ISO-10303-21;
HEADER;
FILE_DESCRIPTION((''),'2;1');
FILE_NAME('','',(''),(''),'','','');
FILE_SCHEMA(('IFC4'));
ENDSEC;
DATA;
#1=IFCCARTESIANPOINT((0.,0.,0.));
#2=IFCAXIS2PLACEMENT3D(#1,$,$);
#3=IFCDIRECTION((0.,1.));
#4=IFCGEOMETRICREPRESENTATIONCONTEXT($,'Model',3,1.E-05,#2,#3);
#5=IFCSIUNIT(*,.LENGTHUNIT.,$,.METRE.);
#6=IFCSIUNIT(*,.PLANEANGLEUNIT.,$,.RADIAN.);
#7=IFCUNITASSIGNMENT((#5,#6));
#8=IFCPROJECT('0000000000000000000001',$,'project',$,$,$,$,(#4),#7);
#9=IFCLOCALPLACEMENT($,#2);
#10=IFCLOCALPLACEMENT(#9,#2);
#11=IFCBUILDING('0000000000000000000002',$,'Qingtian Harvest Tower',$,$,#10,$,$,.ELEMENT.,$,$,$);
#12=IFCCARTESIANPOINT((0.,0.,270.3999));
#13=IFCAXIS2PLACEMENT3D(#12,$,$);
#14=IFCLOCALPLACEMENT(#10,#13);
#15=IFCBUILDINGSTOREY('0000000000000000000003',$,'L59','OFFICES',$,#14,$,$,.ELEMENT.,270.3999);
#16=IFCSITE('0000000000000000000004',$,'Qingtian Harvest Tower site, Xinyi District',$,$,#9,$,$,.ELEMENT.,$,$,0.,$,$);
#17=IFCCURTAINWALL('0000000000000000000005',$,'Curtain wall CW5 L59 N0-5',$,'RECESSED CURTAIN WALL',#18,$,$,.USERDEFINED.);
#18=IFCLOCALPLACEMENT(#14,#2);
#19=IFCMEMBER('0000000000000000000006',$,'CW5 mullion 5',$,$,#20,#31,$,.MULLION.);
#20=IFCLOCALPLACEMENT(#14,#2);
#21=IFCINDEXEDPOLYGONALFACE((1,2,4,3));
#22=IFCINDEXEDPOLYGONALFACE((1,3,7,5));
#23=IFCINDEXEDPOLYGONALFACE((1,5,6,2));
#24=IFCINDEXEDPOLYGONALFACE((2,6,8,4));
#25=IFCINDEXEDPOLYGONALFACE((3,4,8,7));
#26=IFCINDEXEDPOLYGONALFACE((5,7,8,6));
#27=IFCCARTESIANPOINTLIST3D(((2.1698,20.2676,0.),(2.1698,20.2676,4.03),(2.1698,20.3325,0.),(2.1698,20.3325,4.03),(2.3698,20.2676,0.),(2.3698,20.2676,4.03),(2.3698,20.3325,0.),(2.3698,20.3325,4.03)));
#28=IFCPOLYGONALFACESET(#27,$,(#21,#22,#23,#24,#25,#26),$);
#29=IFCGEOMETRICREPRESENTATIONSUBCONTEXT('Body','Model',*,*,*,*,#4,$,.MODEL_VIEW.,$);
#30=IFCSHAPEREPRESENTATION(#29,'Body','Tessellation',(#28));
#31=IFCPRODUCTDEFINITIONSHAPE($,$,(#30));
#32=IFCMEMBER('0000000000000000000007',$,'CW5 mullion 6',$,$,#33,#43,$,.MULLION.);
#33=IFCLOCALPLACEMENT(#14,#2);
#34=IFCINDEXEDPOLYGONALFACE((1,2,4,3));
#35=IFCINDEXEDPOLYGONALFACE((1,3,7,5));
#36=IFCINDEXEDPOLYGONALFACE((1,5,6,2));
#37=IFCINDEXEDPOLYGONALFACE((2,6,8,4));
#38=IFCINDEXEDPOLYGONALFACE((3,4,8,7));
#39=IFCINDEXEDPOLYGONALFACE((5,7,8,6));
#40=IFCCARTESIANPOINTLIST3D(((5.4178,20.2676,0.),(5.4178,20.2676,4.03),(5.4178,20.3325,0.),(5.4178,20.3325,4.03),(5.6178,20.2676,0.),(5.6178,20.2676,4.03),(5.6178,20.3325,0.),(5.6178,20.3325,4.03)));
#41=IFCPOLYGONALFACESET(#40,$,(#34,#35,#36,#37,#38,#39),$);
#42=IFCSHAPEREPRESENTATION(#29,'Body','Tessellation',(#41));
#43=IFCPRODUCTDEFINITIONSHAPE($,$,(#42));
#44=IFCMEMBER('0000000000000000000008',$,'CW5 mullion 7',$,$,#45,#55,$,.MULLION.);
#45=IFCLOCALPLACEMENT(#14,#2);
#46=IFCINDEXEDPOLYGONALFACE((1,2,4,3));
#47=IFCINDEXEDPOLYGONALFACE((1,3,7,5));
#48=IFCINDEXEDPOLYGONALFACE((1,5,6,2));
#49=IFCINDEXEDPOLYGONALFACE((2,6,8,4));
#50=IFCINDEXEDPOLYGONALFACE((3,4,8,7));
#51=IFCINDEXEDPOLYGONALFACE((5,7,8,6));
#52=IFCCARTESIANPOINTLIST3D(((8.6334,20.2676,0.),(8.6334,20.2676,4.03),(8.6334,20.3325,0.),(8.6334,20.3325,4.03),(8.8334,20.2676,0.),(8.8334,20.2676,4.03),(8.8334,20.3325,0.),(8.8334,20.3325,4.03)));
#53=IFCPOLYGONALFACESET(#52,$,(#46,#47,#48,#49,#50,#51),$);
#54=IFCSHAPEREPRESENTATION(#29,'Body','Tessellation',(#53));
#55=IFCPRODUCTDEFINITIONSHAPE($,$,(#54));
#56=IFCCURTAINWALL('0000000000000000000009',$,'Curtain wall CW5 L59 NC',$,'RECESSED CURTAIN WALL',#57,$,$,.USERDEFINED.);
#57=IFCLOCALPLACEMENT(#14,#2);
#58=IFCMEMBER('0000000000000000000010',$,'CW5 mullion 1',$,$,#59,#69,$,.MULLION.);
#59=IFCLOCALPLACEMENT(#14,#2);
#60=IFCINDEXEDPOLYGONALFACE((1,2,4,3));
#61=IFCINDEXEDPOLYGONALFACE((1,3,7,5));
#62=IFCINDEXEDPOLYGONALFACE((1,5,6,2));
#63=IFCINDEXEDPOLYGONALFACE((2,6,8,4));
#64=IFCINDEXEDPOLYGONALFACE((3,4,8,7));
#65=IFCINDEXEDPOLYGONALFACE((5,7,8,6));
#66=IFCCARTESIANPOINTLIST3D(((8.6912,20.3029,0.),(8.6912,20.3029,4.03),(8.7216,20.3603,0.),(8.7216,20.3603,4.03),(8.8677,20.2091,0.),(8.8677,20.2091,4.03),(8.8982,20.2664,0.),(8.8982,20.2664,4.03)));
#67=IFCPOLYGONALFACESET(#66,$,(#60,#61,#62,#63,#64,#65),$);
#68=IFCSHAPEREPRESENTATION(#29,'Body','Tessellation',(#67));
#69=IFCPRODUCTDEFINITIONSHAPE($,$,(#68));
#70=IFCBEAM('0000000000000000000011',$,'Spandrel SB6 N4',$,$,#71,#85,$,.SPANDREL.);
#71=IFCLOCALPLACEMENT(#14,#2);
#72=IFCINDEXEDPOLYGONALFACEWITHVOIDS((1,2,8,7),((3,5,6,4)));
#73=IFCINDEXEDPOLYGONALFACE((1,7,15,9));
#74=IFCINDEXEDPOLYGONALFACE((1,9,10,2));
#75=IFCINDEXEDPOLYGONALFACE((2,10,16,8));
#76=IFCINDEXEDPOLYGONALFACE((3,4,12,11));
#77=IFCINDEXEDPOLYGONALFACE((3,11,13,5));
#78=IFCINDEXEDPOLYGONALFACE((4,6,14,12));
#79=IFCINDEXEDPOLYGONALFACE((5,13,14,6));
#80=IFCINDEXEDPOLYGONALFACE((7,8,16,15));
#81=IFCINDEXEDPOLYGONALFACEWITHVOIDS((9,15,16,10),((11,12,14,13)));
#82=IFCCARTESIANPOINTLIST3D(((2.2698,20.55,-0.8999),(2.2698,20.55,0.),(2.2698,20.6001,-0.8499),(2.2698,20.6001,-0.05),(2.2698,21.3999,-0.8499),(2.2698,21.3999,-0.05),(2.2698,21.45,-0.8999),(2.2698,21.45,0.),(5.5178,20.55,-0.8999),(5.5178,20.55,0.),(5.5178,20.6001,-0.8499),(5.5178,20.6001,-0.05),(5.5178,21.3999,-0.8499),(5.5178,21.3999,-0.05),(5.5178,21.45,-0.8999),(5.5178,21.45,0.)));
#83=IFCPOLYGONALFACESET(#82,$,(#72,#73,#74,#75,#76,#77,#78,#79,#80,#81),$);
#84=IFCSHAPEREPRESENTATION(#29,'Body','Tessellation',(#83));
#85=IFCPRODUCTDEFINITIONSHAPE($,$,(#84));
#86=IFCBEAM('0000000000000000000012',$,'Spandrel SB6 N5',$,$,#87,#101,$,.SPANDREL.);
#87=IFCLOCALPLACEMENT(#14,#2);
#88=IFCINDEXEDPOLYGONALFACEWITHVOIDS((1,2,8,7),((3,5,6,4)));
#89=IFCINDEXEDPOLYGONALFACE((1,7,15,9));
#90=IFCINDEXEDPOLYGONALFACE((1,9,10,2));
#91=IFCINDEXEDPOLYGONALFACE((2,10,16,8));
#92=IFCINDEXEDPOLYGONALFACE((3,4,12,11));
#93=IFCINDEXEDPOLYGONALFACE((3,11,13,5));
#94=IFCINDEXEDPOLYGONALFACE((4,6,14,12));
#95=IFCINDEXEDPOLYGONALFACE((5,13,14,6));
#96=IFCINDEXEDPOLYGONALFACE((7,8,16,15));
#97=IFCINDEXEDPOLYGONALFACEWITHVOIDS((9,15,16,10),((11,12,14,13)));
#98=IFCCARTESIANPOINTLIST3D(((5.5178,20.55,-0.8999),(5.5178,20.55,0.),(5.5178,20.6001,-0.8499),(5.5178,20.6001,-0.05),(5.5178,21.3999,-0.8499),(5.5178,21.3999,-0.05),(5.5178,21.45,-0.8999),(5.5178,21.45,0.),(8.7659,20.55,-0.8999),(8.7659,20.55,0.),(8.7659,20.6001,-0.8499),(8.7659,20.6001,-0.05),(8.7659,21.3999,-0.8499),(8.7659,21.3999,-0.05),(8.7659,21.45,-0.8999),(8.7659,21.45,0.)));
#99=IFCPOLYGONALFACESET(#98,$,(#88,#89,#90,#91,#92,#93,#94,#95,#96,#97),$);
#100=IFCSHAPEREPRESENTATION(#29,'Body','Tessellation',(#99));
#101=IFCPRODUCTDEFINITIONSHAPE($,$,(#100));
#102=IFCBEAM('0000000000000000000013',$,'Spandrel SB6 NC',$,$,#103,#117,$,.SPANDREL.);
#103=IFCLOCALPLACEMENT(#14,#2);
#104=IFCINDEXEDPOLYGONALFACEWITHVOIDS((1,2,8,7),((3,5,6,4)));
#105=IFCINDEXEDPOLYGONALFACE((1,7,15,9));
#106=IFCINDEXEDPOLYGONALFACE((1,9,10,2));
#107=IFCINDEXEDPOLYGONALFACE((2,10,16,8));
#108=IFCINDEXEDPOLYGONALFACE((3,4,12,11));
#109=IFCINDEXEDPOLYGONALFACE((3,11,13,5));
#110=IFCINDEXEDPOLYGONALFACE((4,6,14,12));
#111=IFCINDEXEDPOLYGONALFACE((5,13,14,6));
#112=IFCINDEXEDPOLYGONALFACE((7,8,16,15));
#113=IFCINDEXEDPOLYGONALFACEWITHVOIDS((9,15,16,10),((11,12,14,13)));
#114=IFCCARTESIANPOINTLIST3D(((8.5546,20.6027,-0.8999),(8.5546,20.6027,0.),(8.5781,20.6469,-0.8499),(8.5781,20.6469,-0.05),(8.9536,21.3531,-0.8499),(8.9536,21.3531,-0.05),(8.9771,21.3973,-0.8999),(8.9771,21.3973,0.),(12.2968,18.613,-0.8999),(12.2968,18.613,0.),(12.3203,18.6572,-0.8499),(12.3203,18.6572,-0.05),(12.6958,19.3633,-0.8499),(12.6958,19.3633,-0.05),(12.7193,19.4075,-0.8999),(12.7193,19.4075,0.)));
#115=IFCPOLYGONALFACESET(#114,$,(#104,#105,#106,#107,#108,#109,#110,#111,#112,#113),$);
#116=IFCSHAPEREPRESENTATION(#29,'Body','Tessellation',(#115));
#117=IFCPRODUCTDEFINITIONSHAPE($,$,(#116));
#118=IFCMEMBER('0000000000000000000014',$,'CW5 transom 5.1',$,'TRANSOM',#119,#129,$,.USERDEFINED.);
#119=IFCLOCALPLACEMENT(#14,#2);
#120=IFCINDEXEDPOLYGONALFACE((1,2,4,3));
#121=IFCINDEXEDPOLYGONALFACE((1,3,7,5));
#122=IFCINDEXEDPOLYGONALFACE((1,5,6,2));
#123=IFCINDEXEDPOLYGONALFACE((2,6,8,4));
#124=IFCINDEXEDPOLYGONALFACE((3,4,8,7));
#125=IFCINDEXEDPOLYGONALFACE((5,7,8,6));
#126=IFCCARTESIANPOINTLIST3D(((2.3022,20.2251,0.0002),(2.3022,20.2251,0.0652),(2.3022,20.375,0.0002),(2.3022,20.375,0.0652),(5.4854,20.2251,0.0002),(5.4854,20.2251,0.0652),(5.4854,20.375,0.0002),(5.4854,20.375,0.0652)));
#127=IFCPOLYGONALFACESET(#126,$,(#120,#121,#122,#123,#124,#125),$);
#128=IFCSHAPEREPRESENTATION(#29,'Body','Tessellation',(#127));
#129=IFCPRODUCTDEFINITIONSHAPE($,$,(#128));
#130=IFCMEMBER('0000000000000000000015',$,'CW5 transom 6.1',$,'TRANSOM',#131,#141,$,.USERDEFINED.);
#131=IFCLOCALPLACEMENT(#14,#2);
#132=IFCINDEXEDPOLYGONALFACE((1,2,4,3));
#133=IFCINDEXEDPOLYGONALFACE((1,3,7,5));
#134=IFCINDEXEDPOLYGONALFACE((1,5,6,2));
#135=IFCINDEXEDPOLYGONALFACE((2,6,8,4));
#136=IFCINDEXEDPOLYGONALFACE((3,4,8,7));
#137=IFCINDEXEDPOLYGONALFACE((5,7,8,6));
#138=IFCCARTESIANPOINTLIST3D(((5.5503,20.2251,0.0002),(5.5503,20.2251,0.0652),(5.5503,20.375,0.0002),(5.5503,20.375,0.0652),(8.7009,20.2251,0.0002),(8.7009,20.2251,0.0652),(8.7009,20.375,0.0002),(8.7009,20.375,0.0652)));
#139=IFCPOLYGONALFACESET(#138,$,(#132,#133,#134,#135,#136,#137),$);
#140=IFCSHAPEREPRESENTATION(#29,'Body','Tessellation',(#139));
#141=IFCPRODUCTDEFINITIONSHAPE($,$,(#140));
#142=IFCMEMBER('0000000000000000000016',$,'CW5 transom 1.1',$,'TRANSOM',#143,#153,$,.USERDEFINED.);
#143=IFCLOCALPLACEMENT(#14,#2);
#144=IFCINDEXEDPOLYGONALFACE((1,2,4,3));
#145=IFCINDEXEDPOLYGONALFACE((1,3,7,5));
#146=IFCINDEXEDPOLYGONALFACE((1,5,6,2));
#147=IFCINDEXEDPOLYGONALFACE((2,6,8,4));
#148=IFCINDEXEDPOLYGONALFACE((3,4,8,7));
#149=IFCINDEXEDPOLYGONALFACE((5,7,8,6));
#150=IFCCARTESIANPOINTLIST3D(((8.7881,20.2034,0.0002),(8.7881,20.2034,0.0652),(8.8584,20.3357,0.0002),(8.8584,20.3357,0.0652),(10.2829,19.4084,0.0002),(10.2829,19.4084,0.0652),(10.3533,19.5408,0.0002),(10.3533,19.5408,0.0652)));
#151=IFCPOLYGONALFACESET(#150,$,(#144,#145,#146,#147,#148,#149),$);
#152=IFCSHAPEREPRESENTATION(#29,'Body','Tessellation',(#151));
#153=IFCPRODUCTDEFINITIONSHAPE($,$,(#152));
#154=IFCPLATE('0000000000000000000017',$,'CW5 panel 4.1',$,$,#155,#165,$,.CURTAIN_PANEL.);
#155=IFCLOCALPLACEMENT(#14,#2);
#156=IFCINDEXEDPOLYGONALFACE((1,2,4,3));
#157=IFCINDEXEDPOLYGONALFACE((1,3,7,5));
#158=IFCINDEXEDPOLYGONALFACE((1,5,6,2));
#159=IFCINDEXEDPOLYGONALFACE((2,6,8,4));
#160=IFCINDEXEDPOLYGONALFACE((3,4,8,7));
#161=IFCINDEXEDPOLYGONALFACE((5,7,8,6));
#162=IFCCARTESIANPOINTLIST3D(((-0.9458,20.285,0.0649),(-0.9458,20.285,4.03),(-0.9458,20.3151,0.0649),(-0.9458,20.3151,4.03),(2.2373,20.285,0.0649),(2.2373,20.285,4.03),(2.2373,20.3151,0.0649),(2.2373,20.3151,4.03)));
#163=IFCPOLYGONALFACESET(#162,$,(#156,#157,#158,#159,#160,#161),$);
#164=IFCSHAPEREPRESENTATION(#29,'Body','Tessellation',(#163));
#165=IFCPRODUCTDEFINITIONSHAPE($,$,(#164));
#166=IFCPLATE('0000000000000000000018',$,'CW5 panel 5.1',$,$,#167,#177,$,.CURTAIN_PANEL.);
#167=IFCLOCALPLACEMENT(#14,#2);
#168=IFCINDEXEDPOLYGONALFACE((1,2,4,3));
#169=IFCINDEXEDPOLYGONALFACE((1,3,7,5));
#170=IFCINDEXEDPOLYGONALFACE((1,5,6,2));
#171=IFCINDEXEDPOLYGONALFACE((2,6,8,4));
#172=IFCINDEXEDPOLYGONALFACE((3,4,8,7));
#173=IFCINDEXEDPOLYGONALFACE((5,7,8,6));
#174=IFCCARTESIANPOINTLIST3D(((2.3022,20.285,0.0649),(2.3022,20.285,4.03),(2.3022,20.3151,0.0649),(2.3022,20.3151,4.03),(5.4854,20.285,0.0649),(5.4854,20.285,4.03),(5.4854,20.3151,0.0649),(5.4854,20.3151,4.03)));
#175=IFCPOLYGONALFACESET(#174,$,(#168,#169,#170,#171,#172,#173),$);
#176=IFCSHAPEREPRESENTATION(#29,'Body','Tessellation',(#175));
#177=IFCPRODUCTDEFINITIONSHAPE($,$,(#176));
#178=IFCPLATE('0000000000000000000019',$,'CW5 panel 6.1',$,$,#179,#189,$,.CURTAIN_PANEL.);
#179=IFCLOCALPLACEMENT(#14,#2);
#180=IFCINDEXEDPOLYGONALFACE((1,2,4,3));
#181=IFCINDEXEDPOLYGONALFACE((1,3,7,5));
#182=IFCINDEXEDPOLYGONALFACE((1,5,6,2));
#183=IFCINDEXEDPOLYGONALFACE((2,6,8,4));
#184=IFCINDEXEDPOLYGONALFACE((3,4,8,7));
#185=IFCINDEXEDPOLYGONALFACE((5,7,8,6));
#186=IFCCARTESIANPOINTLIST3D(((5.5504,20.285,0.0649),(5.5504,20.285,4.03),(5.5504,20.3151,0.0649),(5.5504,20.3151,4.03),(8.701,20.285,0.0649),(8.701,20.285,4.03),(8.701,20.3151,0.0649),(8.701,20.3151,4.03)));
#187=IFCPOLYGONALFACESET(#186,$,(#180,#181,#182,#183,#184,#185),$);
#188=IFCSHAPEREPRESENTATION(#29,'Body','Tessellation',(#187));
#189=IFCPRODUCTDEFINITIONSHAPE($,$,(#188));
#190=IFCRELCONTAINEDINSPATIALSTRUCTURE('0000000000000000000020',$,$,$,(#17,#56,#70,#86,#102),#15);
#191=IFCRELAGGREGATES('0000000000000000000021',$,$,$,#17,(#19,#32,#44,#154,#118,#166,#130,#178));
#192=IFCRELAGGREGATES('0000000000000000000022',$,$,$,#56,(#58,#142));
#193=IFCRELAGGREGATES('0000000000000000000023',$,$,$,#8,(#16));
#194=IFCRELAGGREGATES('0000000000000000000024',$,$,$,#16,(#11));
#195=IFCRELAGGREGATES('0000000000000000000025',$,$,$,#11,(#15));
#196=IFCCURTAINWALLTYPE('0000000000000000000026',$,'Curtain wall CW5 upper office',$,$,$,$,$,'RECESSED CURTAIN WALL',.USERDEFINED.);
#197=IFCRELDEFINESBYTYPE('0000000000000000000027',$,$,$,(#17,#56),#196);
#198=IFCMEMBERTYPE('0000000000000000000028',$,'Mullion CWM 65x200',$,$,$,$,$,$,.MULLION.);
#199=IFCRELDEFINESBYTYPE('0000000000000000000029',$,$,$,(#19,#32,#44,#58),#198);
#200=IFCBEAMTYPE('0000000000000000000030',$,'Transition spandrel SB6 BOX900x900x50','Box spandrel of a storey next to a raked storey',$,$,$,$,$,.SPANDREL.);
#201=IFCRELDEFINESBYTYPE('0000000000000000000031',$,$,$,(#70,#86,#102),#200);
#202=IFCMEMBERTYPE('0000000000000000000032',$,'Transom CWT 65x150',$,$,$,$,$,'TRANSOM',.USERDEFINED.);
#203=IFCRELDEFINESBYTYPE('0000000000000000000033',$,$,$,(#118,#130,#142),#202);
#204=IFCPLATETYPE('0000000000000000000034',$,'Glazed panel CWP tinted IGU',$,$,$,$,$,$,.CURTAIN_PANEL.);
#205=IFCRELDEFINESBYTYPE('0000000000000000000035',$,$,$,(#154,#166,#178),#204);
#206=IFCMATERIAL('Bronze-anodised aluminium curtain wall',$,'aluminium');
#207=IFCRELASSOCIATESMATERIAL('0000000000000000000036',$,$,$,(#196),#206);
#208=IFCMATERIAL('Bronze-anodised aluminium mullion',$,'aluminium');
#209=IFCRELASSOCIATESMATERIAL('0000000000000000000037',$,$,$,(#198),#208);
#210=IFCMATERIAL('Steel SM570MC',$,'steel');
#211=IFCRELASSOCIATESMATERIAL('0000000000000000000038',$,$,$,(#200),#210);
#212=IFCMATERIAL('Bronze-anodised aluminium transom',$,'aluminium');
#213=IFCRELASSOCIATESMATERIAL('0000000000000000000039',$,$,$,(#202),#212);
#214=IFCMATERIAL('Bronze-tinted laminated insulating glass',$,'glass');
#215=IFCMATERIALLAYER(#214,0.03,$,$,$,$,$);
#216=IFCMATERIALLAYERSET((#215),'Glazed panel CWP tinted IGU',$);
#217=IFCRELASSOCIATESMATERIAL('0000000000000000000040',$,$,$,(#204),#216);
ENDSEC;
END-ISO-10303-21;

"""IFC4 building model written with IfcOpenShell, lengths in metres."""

from ifc_helpers import new_model, si_unit, direction, frame, origin, origin_2d, place, context, subcontext, project, spatial, rectangle, hollow_rectangle, extrude, material, layer, layer_set, material_profile, profile_set, type_object, element, aggregate, save


model = new_model("IFC4")

# Units and contexts
model_context = context("Model", 3, precision=1e-05, world=origin(), true_north=direction((0.0, 1.0)))
body_context = subcontext(model_context, "Body", "Model", "MODEL_VIEW")
ifc_project = project(units=[si_unit("LENGTHUNIT", "METRE"), si_unit("PLANEANGLEUNIT", "RADIAN")], contexts=[model_context])

# Site, building, storey
site_placement = place(None, origin())
site = spatial("IfcSite", under=ifc_project, at=site_placement, Name="Qingtian Harvest Tower site, Xinyi District", CompositionType="ELEMENT", RefElevation=0.0)
building_placement = place(site_placement, origin())
building = spatial("IfcBuilding", under=site, at=building_placement, Name="Qingtian Harvest Tower", CompositionType="ELEMENT")
storey_placement = place(building_placement, frame((0.0, 0.0, 270.3999)))
storey = spatial("IfcBuildingStorey", under=building, at=storey_placement, Name="L59", Description="OFFICES", CompositionType="ELEMENT", Elevation=270.3999)

# Curtain wall, members
ifc_material_1 = material(Name="Bronze-anodised aluminium curtain wall", Category="aluminium")
curtain_wall_type = type_object("IfcCurtainWallType", Name="Curtain wall CW5 upper office", ElementType="RECESSED CURTAIN WALL", PredefinedType="USERDEFINED", material=ifc_material_1)
curtain_wall_1_placement = place(storey_placement, origin())
curtain_wall_1 = element("IfcCurtainWall", 1, at=curtain_wall_1_placement, inside=storey, type_object=curtain_wall_type, Name="Curtain wall CW5 L59 N0-5", ObjectType="RECESSED CURTAIN WALL", PredefinedType="USERDEFINED")
ifc_material_2 = material(Name="Bronze-anodised aluminium mullion", Category="aluminium")
ifc_material_profile_1 = material_profile(ifc_material_2, rectangle(XDim=0.0649, YDim=0.2, at=origin_2d()), Name="AL 65x200")
ifc_profile_set_1 = profile_set([ifc_material_profile_1], Name="Bronze-anodised aluminium mullion")
member_type_1 = type_object("IfcMemberType", Name="Mullion CWM 65x200", PredefinedType="MULLION", material=ifc_profile_set_1)
member_1_placement = place(storey_placement, frame((2.2698, 20.3, 0.0), z_axis=(0.0, 0.0, 1.0), x_axis=(0.0, 1.0, 0.0)))
member_1 = element("IfcMember", 2, at=member_1_placement, type_object=member_type_1, Name="CW5 mullion 5", PredefinedType="MULLION", context=body_context, shape_type="SweptSolid", body=[
    extrude(rectangle(XDim=0.0649, YDim=0.2, at=origin_2d()), origin(), (0.0, 0.0, 1.0), 4.03),
])
member_2_placement = place(storey_placement, frame((5.5178, 20.3, 0.0), z_axis=(0.0, 0.0, 1.0), x_axis=(0.0, 1.0, 0.0)))
member_2 = element("IfcMember", 3, at=member_2_placement, type_object=member_type_1, Name="CW5 mullion 6", PredefinedType="MULLION", context=body_context, shape_type="SweptSolid", body=[
    extrude(rectangle(XDim=0.0649, YDim=0.2, at=origin_2d()), origin(), (0.0, 0.0, 1.0), 4.03),
])
member_3_placement = place(storey_placement, frame((8.7334, 20.3, 0.0), z_axis=(0.0, 0.0, 1.0), x_axis=(0.0, 1.0, 0.0)))
member_3 = element("IfcMember", 4, at=member_3_placement, type_object=member_type_1, Name="CW5 mullion 7", PredefinedType="MULLION", context=body_context, shape_type="SweptSolid", body=[
    extrude(rectangle(XDim=0.0649, YDim=0.2, at=origin_2d()), origin(), (0.0, 0.0, 1.0), 4.03),
])

# Curtain wall, member
curtain_wall_2_placement = place(storey_placement, origin())
curtain_wall_2 = element("IfcCurtainWall", 5, at=curtain_wall_2_placement, inside=storey, type_object=curtain_wall_type, Name="Curtain wall CW5 L59 NC", ObjectType="RECESSED CURTAIN WALL", PredefinedType="USERDEFINED")
member_4_placement = place(storey_placement, frame((8.7947, 20.2847, 0.0), z_axis=(0.0, 0.0, 1.0), x_axis=(0.469472, 0.882948, 0.0)))
member_4 = element("IfcMember", 6, at=member_4_placement, type_object=member_type_1, Name="CW5 mullion 1", PredefinedType="MULLION", context=body_context, shape_type="SweptSolid", body=[
    extrude(rectangle(XDim=0.0649, YDim=0.2, at=origin_2d()), origin(), (0.0, 0.0, 1.0), 4.03),
])

# Beams
ifc_material_3 = material(Name="Steel SM570MC", Category="steel")
ifc_material_profile_2 = material_profile(ifc_material_3, hollow_rectangle(XDim=0.8999, YDim=0.8999, WallThickness=0.05, at=origin_2d()), Name="BOX900x900x50")
ifc_profile_set_2 = profile_set([ifc_material_profile_2], Name="Steel SM570MC")
beam_type_1 = type_object("IfcBeamType", Name="Transition spandrel SB6 BOX900x900x50", Description="Box spandrel of a storey next to a raked storey", PredefinedType="SPANDREL", material=ifc_profile_set_2)
for number, where, z_axis, x_axis, name in (
    (7, (2.2698, 21.0, -0.45), (1.0, 0.0, 0.0), (0.0, 1.0, 0.0), "Spandrel SB6 N4"),
    (8, (5.5178, 21.0, -0.45), (1.0, 0.0, 0.0), (0.0, 1.0, 0.0), "Spandrel SB6 N5"),
):
    element("IfcBeam", number, at=place(storey_placement, frame(where, z_axis=z_axis, x_axis=x_axis)), inside=storey, type_object=beam_type_1, Name=name, PredefinedType="SPANDREL", context=body_context, shape_type="SweptSolid", body=[
        extrude(hollow_rectangle(XDim=0.8999, YDim=0.8999, WallThickness=0.05, at=origin_2d()), origin(), (0.0, 0.0, 1.0), 3.248),
    ])
beam_1_placement = place(storey_placement, frame((8.7659, 21.0, -0.45), z_axis=(0.882949, -0.46947, 0.0), x_axis=(0.46947, 0.882949, 0.0)))
element("IfcBeam", 9, at=beam_1_placement, inside=storey, type_object=beam_type_1, Name="Spandrel SB6 NC", PredefinedType="SPANDREL", context=body_context, shape_type="SweptSolid", body=[
    extrude(hollow_rectangle(XDim=0.8999, YDim=0.8999, WallThickness=0.05, at=origin_2d()), origin(), (0.0, 0.0, 1.0), 4.2383),
])

# Members
ifc_material_4 = material(Name="Bronze-anodised aluminium transom", Category="aluminium")
ifc_material_profile_3 = material_profile(ifc_material_4, rectangle(XDim=0.1499, YDim=0.0649, at=origin_2d()), Name="AL 65x150")
ifc_profile_set_3 = profile_set([ifc_material_profile_3], Name="Bronze-anodised aluminium transom")
member_type_2 = type_object("IfcMemberType", Name="Transom CWT 65x150", ElementType="TRANSOM", PredefinedType="USERDEFINED", material=ifc_profile_set_3)
member_5_placement = place(storey_placement, frame((2.3022, 20.3, 0.0327), z_axis=(1.0, 0.0, 0.0), x_axis=(0.0, 1.0, 0.0)))
member_5 = element("IfcMember", 10, at=member_5_placement, type_object=member_type_2, Name="CW5 transom 5.1", ObjectType="TRANSOM", PredefinedType="USERDEFINED", context=body_context, shape_type="SweptSolid", body=[
    extrude(rectangle(XDim=0.1499, YDim=0.0649, at=origin_2d()), origin(), (0.0, 0.0, 1.0), 3.1831),
])
member_6_placement = place(storey_placement, frame((5.5503, 20.3, 0.0327), z_axis=(1.0, 0.0, 0.0), x_axis=(0.0, 1.0, 0.0)))
member_6 = element("IfcMember", 11, at=member_6_placement, type_object=member_type_2, Name="CW5 transom 6.1", ObjectType="TRANSOM", PredefinedType="USERDEFINED", context=body_context, shape_type="SweptSolid", body=[
    extrude(rectangle(XDim=0.1499, YDim=0.0649, at=origin_2d()), origin(), (0.0, 0.0, 1.0), 3.1506),
])
member_7_placement = place(storey_placement, frame((8.8232, 20.2695, 0.0327), z_axis=(0.882927, -0.46951, 0.0), x_axis=(0.46951, 0.882927, 0.0)))
member_7 = element("IfcMember", 12, at=member_7_placement, type_object=member_type_2, Name="CW5 transom 1.1", ObjectType="TRANSOM", PredefinedType="USERDEFINED", context=body_context, shape_type="SweptSolid", body=[
    extrude(rectangle(XDim=0.1499, YDim=0.0649, at=origin_2d()), origin(), (0.0, 0.0, 1.0), 1.6931),
])

# Plates
ifc_material_5 = material(Name="Bronze-tinted laminated insulating glass", Category="glass")
ifc_layer_1 = layer(ifc_material_5, 0.03)
ifc_layer_set_1 = layer_set([ifc_layer_1], Name="Glazed panel CWP tinted IGU")
plate_type = type_object("IfcPlateType", Name="Glazed panel CWP tinted IGU", PredefinedType="CURTAIN_PANEL", material=ifc_layer_set_1)
plate_1_placement = place(storey_placement, frame((0.6458, 20.3, 0.0649), z_axis=(0.0, 0.0, 1.0), x_axis=(1.0, 0.0, 0.0)))
plate_1 = element("IfcPlate", 13, at=plate_1_placement, type_object=plate_type, Name="CW5 panel 4.1", PredefinedType="CURTAIN_PANEL", context=body_context, shape_type="SweptSolid", body=[
    extrude(rectangle(XDim=3.1831, YDim=0.03, at=origin_2d()), origin(), (0.0, 0.0, 1.0), 3.9651),
])
plate_2_placement = place(storey_placement, frame((3.8938, 20.3, 0.0649), z_axis=(0.0, 0.0, 1.0), x_axis=(1.0, 0.0, 0.0)))
plate_2 = element("IfcPlate", 14, at=plate_2_placement, type_object=plate_type, Name="CW5 panel 5.1", PredefinedType="CURTAIN_PANEL", context=body_context, shape_type="SweptSolid", body=[
    extrude(rectangle(XDim=3.1831, YDim=0.03, at=origin_2d()), origin(), (0.0, 0.0, 1.0), 3.9651),
])
plate_3_placement = place(storey_placement, frame((7.1257, 20.3, 0.0649), z_axis=(0.0, 0.0, 1.0), x_axis=(1.0, 0.0, 0.0)))
plate_3 = element("IfcPlate", 15, at=plate_3_placement, type_object=plate_type, Name="CW5 panel 6.1", PredefinedType="CURTAIN_PANEL", context=body_context, shape_type="SweptSolid", body=[
    extrude(rectangle(XDim=3.1506, YDim=0.03, at=origin_2d()), origin(), (0.0, 0.0, 1.0), 3.9651),
])
aggregate(curtain_wall_1, [member_1, member_2, member_3, plate_1, member_5, plate_2, member_6, plate_3])
aggregate(curtain_wall_2, [member_4, member_7])

save(model, "model.ifc")
